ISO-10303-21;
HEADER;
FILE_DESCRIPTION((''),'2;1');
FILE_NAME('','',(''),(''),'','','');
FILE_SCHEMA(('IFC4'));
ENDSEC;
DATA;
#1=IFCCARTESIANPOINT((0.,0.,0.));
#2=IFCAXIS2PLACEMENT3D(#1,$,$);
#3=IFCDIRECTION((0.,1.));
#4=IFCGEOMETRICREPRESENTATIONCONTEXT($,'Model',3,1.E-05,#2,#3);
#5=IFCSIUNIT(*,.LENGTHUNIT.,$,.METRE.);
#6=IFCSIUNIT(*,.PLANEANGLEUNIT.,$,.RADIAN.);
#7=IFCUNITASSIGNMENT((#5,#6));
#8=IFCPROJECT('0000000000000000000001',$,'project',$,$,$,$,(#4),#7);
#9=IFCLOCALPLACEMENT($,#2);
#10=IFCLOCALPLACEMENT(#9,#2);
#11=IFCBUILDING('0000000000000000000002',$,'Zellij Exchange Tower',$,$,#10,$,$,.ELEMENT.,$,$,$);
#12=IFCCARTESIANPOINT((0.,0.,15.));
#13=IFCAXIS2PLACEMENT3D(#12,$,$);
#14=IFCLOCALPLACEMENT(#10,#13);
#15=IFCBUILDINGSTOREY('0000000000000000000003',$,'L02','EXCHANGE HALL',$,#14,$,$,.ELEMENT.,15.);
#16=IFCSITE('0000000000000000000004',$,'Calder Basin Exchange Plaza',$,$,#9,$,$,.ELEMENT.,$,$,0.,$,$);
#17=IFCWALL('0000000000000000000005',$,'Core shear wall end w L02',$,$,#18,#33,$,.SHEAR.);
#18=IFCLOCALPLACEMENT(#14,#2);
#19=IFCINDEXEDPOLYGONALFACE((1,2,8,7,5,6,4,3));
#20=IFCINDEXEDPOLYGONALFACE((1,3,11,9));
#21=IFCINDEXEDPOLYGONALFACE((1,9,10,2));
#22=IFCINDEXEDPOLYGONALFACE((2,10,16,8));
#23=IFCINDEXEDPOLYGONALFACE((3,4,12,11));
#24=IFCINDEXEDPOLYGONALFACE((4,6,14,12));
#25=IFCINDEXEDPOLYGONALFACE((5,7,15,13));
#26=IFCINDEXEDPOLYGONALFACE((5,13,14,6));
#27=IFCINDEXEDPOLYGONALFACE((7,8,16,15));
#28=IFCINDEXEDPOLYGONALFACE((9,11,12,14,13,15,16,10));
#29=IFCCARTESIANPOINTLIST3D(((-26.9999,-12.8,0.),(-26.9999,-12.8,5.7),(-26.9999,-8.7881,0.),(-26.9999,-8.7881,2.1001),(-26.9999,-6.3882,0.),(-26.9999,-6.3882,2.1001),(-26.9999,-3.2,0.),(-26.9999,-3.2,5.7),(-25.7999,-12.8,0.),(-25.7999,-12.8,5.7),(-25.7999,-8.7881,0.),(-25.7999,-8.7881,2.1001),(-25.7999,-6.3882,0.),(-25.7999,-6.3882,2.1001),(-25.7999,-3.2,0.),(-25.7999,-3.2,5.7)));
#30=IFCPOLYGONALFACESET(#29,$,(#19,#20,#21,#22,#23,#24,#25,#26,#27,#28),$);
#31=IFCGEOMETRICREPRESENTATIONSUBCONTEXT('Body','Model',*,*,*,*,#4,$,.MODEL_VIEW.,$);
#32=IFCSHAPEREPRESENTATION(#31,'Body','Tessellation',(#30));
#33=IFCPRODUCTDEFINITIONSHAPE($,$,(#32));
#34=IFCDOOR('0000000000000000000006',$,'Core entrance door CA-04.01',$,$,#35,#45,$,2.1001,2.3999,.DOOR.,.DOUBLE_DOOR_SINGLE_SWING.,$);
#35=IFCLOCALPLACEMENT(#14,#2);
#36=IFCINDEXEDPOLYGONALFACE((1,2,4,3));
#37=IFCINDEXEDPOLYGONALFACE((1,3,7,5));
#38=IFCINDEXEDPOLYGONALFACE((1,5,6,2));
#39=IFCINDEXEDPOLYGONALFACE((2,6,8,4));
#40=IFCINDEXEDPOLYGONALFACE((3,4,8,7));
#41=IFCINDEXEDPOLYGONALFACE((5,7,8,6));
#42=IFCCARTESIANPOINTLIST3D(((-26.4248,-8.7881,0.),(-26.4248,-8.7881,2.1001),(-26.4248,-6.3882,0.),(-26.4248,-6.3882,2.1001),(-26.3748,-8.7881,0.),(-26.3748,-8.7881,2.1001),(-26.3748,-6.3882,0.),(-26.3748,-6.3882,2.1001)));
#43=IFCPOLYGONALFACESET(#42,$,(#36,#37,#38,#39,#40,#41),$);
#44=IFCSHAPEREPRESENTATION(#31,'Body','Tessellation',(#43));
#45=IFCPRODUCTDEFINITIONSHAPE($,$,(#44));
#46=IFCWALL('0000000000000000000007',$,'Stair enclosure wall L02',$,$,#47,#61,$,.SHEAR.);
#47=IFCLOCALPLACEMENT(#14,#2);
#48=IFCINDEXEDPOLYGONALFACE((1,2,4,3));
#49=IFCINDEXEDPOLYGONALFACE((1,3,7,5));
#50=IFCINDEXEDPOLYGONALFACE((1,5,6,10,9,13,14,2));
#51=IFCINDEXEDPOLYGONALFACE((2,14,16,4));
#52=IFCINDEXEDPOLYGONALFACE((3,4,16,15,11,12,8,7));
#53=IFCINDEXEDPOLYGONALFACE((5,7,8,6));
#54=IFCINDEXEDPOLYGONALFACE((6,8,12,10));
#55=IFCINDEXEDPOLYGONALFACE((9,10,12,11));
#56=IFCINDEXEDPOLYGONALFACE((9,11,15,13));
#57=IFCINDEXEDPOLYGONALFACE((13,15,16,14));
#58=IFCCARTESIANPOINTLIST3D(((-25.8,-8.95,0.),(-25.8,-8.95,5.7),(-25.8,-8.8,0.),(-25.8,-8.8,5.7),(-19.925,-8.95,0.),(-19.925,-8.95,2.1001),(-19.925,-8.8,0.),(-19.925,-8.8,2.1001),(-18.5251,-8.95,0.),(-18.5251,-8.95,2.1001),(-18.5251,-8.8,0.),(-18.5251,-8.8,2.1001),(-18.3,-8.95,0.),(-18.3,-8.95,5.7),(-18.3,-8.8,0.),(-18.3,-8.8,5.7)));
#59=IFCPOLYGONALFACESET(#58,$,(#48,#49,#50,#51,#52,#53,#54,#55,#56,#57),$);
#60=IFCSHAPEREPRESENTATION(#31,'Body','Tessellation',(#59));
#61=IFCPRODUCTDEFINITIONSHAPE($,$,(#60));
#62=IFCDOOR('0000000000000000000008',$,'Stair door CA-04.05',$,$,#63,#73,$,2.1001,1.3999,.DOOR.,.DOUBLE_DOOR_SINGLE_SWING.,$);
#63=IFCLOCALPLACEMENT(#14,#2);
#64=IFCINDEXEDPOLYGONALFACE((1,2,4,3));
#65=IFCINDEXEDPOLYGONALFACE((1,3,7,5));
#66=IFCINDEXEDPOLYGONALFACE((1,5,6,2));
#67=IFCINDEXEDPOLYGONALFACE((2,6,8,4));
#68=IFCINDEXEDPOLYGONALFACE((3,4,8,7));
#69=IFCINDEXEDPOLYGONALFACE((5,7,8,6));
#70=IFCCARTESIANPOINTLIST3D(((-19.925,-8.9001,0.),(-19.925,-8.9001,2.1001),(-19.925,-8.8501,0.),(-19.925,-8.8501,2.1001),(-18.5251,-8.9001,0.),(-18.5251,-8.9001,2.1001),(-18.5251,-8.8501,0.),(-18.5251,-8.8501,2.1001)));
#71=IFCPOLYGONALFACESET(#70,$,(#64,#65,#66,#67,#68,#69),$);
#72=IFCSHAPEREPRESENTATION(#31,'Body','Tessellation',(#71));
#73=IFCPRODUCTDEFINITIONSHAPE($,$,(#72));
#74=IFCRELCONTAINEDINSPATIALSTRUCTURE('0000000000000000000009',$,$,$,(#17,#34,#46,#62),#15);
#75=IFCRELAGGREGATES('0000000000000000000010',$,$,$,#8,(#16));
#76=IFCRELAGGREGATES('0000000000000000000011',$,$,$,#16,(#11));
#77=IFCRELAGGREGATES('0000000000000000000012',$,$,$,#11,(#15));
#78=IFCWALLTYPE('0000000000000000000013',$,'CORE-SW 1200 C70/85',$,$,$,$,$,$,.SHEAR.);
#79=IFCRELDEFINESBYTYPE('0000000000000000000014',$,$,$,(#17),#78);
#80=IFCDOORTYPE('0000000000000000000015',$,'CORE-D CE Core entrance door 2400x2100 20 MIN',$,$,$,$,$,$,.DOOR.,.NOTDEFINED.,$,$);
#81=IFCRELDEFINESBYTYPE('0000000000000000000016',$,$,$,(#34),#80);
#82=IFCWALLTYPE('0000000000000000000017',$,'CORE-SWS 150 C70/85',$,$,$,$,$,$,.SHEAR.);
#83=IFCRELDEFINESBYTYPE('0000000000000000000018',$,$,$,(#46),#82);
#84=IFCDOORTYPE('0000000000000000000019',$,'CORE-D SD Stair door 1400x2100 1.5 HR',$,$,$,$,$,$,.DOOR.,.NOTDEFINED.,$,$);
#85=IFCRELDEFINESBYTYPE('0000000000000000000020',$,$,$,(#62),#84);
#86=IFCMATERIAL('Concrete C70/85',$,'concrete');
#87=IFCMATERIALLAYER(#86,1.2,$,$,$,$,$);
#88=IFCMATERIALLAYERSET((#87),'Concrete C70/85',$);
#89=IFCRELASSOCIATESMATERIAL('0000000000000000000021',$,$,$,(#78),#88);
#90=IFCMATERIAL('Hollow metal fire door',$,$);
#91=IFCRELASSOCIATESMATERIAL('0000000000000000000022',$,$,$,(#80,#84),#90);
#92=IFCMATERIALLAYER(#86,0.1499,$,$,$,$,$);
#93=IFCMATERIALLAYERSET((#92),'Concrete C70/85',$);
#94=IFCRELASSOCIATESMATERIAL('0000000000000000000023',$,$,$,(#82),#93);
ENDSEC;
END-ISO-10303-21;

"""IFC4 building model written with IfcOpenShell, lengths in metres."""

from ifc_helpers import new_model, si_unit, direction, frame, frame_2d, origin, place, context, subcontext, project, spatial, rectangle, extrude, material, layer, layer_set, type_object, element, fill, save


model = new_model("IFC4")

# Units and contexts
model_context = context("Model", 3, precision=1e-05, world=origin(), true_north=direction((0.0, 1.0)))
body_context = subcontext(model_context, "Body", "Model", "MODEL_VIEW")
ifc_project = project(units=[si_unit("LENGTHUNIT", "METRE"), si_unit("PLANEANGLEUNIT", "RADIAN")], contexts=[model_context])

# Site, building, storey
site_placement = place(None, origin())
site = spatial("IfcSite", under=ifc_project, at=site_placement, Name="Calder Basin Exchange Plaza", CompositionType="ELEMENT", RefElevation=0.0)
building_placement = place(site_placement, origin())
building = spatial("IfcBuilding", under=site, at=building_placement, Name="Zellij Exchange Tower", CompositionType="ELEMENT")
storey_placement = place(building_placement, frame((0.0, 0.0, 15.0)))
storey = spatial("IfcBuildingStorey", under=building, at=storey_placement, Name="L02", Description="EXCHANGE HALL", CompositionType="ELEMENT", Elevation=15.0)

# Shared definitions
ifc_material_1 = material(Name="Hollow metal fire door")
ifc_material_2 = material(Name="Concrete C70/85", Category="concrete")
ifc_layer_1 = layer(ifc_material_2, 1.2)
ifc_layer_set_1 = layer_set([ifc_layer_1], Name="Concrete C70/85")
wall_type_1 = type_object("IfcWallType", Name="CORE-SW 1200 C70/85", PredefinedType="SHEAR", material=ifc_layer_set_1)

# Walls, openings, doors
wall_1_placement = place(storey_placement, frame((-26.3999, -12.8, 0.0), z_axis=(0.0, 0.0, 1.0), x_axis=(0.0, 1.0, 0.0)))
wall_1 = element("IfcWall", 1, at=wall_1_placement, inside=storey, type_object=wall_type_1, Name="Core shear wall end w L02", PredefinedType="SHEAR", context=body_context, shape_type="SweptSolid", body=[
    extrude(rectangle(XDim=9.6001, YDim=1.2, at=frame_2d((4.8, 0.0))), origin(), (0.0, 0.0, 1.0), 5.7),
])
opening_1_placement = place(wall_1_placement, frame((4.012, 0.0, 0.0)))
opening_1 = element("IfcOpeningElement", 2, at=opening_1_placement, cuts=wall_1, PredefinedType="OPENING", context=body_context, shape_type="SweptSolid", body=[
    extrude(rectangle(XDim=2.3999, YDim=2.1001, at=frame_2d((1.2, 1.05))), frame((0.0, 0.6118, 0.0), z_axis=(0.0, -1.0, 0.0), x_axis=(1.0, 0.0, 0.0)), (0.0, 0.0, 1.0), 1.2239),
])
door_type_1 = type_object("IfcDoorType", Name="CORE-D CE Core entrance door 2400x2100 20 MIN", OperationType="NOTDEFINED", PredefinedType="DOOR", material=ifc_material_1)
door_1_placement = place(opening_1_placement, origin())
door_1 = element("IfcDoor", 3, at=door_1_placement, inside=storey, type_object=door_type_1, Name="Core entrance door CA-04.01", OperationType="DOUBLE_DOOR_SINGLE_SWING", OverallHeight=2.1001, OverallWidth=2.3999, PredefinedType="DOOR", context=body_context, shape_type="SweptSolid", body=[
    extrude(rectangle(XDim=2.3999, YDim=2.1001, at=frame_2d((1.2, 1.05))), frame((0.0, 0.0249, 0.0), z_axis=(0.0, -1.0, 0.0), x_axis=(1.0, 0.0, 0.0)), (0.0, 0.0, 1.0), 0.05),
])
fill(opening_1, door_1)
ifc_layer_2 = layer(ifc_material_2, 0.1499)
ifc_layer_set_2 = layer_set([ifc_layer_2], Name="Concrete C70/85")
wall_type_2 = type_object("IfcWallType", Name="CORE-SWS 150 C70/85", PredefinedType="SHEAR", material=ifc_layer_set_2)
wall_2_placement = place(storey_placement, frame((-25.8, -8.875, 0.0), z_axis=(0.0, 0.0, 1.0), x_axis=(1.0, 0.0, 0.0)))
wall_2 = element("IfcWall", 4, at=wall_2_placement, inside=storey, type_object=wall_type_2, Name="Stair enclosure wall L02", PredefinedType="SHEAR", context=body_context, shape_type="SweptSolid", body=[
    extrude(rectangle(XDim=7.5, YDim=0.1499, at=frame_2d((3.75, 0.0))), origin(), (0.0, 0.0, 1.0), 5.7),
])
opening_2_placement = place(wall_2_placement, frame((5.875, 0.0, 0.0)))
opening_2 = element("IfcOpeningElement", 5, at=opening_2_placement, cuts=wall_2, PredefinedType="OPENING", context=body_context, shape_type="SweptSolid", body=[
    extrude(rectangle(XDim=1.3999, YDim=2.1001, at=frame_2d((0.7, 1.05))), frame((0.0, 0.0869, 0.0), z_axis=(0.0, -1.0, 0.0), x_axis=(1.0, 0.0, 0.0)), (0.0, 0.0, 1.0), 0.1738),
])
door_type_2 = type_object("IfcDoorType", Name="CORE-D SD Stair door 1400x2100 1.5 HR", OperationType="NOTDEFINED", PredefinedType="DOOR", material=ifc_material_1)
door_2_placement = place(opening_2_placement, origin())
door_2 = element("IfcDoor", 6, at=door_2_placement, inside=storey, type_object=door_type_2, Name="Stair door CA-04.05", OperationType="DOUBLE_DOOR_SINGLE_SWING", OverallHeight=2.1001, OverallWidth=1.3999, PredefinedType="DOOR", context=body_context, shape_type="SweptSolid", body=[
    extrude(rectangle(XDim=1.3999, YDim=2.1001, at=frame_2d((0.7, 1.05))), frame((0.0, 0.0249, 0.0), z_axis=(0.0, -1.0, 0.0), x_axis=(1.0, 0.0, 0.0)), (0.0, 0.0, 1.0), 0.05),
])
fill(opening_2, door_2)

save(model, "model.ifc")
